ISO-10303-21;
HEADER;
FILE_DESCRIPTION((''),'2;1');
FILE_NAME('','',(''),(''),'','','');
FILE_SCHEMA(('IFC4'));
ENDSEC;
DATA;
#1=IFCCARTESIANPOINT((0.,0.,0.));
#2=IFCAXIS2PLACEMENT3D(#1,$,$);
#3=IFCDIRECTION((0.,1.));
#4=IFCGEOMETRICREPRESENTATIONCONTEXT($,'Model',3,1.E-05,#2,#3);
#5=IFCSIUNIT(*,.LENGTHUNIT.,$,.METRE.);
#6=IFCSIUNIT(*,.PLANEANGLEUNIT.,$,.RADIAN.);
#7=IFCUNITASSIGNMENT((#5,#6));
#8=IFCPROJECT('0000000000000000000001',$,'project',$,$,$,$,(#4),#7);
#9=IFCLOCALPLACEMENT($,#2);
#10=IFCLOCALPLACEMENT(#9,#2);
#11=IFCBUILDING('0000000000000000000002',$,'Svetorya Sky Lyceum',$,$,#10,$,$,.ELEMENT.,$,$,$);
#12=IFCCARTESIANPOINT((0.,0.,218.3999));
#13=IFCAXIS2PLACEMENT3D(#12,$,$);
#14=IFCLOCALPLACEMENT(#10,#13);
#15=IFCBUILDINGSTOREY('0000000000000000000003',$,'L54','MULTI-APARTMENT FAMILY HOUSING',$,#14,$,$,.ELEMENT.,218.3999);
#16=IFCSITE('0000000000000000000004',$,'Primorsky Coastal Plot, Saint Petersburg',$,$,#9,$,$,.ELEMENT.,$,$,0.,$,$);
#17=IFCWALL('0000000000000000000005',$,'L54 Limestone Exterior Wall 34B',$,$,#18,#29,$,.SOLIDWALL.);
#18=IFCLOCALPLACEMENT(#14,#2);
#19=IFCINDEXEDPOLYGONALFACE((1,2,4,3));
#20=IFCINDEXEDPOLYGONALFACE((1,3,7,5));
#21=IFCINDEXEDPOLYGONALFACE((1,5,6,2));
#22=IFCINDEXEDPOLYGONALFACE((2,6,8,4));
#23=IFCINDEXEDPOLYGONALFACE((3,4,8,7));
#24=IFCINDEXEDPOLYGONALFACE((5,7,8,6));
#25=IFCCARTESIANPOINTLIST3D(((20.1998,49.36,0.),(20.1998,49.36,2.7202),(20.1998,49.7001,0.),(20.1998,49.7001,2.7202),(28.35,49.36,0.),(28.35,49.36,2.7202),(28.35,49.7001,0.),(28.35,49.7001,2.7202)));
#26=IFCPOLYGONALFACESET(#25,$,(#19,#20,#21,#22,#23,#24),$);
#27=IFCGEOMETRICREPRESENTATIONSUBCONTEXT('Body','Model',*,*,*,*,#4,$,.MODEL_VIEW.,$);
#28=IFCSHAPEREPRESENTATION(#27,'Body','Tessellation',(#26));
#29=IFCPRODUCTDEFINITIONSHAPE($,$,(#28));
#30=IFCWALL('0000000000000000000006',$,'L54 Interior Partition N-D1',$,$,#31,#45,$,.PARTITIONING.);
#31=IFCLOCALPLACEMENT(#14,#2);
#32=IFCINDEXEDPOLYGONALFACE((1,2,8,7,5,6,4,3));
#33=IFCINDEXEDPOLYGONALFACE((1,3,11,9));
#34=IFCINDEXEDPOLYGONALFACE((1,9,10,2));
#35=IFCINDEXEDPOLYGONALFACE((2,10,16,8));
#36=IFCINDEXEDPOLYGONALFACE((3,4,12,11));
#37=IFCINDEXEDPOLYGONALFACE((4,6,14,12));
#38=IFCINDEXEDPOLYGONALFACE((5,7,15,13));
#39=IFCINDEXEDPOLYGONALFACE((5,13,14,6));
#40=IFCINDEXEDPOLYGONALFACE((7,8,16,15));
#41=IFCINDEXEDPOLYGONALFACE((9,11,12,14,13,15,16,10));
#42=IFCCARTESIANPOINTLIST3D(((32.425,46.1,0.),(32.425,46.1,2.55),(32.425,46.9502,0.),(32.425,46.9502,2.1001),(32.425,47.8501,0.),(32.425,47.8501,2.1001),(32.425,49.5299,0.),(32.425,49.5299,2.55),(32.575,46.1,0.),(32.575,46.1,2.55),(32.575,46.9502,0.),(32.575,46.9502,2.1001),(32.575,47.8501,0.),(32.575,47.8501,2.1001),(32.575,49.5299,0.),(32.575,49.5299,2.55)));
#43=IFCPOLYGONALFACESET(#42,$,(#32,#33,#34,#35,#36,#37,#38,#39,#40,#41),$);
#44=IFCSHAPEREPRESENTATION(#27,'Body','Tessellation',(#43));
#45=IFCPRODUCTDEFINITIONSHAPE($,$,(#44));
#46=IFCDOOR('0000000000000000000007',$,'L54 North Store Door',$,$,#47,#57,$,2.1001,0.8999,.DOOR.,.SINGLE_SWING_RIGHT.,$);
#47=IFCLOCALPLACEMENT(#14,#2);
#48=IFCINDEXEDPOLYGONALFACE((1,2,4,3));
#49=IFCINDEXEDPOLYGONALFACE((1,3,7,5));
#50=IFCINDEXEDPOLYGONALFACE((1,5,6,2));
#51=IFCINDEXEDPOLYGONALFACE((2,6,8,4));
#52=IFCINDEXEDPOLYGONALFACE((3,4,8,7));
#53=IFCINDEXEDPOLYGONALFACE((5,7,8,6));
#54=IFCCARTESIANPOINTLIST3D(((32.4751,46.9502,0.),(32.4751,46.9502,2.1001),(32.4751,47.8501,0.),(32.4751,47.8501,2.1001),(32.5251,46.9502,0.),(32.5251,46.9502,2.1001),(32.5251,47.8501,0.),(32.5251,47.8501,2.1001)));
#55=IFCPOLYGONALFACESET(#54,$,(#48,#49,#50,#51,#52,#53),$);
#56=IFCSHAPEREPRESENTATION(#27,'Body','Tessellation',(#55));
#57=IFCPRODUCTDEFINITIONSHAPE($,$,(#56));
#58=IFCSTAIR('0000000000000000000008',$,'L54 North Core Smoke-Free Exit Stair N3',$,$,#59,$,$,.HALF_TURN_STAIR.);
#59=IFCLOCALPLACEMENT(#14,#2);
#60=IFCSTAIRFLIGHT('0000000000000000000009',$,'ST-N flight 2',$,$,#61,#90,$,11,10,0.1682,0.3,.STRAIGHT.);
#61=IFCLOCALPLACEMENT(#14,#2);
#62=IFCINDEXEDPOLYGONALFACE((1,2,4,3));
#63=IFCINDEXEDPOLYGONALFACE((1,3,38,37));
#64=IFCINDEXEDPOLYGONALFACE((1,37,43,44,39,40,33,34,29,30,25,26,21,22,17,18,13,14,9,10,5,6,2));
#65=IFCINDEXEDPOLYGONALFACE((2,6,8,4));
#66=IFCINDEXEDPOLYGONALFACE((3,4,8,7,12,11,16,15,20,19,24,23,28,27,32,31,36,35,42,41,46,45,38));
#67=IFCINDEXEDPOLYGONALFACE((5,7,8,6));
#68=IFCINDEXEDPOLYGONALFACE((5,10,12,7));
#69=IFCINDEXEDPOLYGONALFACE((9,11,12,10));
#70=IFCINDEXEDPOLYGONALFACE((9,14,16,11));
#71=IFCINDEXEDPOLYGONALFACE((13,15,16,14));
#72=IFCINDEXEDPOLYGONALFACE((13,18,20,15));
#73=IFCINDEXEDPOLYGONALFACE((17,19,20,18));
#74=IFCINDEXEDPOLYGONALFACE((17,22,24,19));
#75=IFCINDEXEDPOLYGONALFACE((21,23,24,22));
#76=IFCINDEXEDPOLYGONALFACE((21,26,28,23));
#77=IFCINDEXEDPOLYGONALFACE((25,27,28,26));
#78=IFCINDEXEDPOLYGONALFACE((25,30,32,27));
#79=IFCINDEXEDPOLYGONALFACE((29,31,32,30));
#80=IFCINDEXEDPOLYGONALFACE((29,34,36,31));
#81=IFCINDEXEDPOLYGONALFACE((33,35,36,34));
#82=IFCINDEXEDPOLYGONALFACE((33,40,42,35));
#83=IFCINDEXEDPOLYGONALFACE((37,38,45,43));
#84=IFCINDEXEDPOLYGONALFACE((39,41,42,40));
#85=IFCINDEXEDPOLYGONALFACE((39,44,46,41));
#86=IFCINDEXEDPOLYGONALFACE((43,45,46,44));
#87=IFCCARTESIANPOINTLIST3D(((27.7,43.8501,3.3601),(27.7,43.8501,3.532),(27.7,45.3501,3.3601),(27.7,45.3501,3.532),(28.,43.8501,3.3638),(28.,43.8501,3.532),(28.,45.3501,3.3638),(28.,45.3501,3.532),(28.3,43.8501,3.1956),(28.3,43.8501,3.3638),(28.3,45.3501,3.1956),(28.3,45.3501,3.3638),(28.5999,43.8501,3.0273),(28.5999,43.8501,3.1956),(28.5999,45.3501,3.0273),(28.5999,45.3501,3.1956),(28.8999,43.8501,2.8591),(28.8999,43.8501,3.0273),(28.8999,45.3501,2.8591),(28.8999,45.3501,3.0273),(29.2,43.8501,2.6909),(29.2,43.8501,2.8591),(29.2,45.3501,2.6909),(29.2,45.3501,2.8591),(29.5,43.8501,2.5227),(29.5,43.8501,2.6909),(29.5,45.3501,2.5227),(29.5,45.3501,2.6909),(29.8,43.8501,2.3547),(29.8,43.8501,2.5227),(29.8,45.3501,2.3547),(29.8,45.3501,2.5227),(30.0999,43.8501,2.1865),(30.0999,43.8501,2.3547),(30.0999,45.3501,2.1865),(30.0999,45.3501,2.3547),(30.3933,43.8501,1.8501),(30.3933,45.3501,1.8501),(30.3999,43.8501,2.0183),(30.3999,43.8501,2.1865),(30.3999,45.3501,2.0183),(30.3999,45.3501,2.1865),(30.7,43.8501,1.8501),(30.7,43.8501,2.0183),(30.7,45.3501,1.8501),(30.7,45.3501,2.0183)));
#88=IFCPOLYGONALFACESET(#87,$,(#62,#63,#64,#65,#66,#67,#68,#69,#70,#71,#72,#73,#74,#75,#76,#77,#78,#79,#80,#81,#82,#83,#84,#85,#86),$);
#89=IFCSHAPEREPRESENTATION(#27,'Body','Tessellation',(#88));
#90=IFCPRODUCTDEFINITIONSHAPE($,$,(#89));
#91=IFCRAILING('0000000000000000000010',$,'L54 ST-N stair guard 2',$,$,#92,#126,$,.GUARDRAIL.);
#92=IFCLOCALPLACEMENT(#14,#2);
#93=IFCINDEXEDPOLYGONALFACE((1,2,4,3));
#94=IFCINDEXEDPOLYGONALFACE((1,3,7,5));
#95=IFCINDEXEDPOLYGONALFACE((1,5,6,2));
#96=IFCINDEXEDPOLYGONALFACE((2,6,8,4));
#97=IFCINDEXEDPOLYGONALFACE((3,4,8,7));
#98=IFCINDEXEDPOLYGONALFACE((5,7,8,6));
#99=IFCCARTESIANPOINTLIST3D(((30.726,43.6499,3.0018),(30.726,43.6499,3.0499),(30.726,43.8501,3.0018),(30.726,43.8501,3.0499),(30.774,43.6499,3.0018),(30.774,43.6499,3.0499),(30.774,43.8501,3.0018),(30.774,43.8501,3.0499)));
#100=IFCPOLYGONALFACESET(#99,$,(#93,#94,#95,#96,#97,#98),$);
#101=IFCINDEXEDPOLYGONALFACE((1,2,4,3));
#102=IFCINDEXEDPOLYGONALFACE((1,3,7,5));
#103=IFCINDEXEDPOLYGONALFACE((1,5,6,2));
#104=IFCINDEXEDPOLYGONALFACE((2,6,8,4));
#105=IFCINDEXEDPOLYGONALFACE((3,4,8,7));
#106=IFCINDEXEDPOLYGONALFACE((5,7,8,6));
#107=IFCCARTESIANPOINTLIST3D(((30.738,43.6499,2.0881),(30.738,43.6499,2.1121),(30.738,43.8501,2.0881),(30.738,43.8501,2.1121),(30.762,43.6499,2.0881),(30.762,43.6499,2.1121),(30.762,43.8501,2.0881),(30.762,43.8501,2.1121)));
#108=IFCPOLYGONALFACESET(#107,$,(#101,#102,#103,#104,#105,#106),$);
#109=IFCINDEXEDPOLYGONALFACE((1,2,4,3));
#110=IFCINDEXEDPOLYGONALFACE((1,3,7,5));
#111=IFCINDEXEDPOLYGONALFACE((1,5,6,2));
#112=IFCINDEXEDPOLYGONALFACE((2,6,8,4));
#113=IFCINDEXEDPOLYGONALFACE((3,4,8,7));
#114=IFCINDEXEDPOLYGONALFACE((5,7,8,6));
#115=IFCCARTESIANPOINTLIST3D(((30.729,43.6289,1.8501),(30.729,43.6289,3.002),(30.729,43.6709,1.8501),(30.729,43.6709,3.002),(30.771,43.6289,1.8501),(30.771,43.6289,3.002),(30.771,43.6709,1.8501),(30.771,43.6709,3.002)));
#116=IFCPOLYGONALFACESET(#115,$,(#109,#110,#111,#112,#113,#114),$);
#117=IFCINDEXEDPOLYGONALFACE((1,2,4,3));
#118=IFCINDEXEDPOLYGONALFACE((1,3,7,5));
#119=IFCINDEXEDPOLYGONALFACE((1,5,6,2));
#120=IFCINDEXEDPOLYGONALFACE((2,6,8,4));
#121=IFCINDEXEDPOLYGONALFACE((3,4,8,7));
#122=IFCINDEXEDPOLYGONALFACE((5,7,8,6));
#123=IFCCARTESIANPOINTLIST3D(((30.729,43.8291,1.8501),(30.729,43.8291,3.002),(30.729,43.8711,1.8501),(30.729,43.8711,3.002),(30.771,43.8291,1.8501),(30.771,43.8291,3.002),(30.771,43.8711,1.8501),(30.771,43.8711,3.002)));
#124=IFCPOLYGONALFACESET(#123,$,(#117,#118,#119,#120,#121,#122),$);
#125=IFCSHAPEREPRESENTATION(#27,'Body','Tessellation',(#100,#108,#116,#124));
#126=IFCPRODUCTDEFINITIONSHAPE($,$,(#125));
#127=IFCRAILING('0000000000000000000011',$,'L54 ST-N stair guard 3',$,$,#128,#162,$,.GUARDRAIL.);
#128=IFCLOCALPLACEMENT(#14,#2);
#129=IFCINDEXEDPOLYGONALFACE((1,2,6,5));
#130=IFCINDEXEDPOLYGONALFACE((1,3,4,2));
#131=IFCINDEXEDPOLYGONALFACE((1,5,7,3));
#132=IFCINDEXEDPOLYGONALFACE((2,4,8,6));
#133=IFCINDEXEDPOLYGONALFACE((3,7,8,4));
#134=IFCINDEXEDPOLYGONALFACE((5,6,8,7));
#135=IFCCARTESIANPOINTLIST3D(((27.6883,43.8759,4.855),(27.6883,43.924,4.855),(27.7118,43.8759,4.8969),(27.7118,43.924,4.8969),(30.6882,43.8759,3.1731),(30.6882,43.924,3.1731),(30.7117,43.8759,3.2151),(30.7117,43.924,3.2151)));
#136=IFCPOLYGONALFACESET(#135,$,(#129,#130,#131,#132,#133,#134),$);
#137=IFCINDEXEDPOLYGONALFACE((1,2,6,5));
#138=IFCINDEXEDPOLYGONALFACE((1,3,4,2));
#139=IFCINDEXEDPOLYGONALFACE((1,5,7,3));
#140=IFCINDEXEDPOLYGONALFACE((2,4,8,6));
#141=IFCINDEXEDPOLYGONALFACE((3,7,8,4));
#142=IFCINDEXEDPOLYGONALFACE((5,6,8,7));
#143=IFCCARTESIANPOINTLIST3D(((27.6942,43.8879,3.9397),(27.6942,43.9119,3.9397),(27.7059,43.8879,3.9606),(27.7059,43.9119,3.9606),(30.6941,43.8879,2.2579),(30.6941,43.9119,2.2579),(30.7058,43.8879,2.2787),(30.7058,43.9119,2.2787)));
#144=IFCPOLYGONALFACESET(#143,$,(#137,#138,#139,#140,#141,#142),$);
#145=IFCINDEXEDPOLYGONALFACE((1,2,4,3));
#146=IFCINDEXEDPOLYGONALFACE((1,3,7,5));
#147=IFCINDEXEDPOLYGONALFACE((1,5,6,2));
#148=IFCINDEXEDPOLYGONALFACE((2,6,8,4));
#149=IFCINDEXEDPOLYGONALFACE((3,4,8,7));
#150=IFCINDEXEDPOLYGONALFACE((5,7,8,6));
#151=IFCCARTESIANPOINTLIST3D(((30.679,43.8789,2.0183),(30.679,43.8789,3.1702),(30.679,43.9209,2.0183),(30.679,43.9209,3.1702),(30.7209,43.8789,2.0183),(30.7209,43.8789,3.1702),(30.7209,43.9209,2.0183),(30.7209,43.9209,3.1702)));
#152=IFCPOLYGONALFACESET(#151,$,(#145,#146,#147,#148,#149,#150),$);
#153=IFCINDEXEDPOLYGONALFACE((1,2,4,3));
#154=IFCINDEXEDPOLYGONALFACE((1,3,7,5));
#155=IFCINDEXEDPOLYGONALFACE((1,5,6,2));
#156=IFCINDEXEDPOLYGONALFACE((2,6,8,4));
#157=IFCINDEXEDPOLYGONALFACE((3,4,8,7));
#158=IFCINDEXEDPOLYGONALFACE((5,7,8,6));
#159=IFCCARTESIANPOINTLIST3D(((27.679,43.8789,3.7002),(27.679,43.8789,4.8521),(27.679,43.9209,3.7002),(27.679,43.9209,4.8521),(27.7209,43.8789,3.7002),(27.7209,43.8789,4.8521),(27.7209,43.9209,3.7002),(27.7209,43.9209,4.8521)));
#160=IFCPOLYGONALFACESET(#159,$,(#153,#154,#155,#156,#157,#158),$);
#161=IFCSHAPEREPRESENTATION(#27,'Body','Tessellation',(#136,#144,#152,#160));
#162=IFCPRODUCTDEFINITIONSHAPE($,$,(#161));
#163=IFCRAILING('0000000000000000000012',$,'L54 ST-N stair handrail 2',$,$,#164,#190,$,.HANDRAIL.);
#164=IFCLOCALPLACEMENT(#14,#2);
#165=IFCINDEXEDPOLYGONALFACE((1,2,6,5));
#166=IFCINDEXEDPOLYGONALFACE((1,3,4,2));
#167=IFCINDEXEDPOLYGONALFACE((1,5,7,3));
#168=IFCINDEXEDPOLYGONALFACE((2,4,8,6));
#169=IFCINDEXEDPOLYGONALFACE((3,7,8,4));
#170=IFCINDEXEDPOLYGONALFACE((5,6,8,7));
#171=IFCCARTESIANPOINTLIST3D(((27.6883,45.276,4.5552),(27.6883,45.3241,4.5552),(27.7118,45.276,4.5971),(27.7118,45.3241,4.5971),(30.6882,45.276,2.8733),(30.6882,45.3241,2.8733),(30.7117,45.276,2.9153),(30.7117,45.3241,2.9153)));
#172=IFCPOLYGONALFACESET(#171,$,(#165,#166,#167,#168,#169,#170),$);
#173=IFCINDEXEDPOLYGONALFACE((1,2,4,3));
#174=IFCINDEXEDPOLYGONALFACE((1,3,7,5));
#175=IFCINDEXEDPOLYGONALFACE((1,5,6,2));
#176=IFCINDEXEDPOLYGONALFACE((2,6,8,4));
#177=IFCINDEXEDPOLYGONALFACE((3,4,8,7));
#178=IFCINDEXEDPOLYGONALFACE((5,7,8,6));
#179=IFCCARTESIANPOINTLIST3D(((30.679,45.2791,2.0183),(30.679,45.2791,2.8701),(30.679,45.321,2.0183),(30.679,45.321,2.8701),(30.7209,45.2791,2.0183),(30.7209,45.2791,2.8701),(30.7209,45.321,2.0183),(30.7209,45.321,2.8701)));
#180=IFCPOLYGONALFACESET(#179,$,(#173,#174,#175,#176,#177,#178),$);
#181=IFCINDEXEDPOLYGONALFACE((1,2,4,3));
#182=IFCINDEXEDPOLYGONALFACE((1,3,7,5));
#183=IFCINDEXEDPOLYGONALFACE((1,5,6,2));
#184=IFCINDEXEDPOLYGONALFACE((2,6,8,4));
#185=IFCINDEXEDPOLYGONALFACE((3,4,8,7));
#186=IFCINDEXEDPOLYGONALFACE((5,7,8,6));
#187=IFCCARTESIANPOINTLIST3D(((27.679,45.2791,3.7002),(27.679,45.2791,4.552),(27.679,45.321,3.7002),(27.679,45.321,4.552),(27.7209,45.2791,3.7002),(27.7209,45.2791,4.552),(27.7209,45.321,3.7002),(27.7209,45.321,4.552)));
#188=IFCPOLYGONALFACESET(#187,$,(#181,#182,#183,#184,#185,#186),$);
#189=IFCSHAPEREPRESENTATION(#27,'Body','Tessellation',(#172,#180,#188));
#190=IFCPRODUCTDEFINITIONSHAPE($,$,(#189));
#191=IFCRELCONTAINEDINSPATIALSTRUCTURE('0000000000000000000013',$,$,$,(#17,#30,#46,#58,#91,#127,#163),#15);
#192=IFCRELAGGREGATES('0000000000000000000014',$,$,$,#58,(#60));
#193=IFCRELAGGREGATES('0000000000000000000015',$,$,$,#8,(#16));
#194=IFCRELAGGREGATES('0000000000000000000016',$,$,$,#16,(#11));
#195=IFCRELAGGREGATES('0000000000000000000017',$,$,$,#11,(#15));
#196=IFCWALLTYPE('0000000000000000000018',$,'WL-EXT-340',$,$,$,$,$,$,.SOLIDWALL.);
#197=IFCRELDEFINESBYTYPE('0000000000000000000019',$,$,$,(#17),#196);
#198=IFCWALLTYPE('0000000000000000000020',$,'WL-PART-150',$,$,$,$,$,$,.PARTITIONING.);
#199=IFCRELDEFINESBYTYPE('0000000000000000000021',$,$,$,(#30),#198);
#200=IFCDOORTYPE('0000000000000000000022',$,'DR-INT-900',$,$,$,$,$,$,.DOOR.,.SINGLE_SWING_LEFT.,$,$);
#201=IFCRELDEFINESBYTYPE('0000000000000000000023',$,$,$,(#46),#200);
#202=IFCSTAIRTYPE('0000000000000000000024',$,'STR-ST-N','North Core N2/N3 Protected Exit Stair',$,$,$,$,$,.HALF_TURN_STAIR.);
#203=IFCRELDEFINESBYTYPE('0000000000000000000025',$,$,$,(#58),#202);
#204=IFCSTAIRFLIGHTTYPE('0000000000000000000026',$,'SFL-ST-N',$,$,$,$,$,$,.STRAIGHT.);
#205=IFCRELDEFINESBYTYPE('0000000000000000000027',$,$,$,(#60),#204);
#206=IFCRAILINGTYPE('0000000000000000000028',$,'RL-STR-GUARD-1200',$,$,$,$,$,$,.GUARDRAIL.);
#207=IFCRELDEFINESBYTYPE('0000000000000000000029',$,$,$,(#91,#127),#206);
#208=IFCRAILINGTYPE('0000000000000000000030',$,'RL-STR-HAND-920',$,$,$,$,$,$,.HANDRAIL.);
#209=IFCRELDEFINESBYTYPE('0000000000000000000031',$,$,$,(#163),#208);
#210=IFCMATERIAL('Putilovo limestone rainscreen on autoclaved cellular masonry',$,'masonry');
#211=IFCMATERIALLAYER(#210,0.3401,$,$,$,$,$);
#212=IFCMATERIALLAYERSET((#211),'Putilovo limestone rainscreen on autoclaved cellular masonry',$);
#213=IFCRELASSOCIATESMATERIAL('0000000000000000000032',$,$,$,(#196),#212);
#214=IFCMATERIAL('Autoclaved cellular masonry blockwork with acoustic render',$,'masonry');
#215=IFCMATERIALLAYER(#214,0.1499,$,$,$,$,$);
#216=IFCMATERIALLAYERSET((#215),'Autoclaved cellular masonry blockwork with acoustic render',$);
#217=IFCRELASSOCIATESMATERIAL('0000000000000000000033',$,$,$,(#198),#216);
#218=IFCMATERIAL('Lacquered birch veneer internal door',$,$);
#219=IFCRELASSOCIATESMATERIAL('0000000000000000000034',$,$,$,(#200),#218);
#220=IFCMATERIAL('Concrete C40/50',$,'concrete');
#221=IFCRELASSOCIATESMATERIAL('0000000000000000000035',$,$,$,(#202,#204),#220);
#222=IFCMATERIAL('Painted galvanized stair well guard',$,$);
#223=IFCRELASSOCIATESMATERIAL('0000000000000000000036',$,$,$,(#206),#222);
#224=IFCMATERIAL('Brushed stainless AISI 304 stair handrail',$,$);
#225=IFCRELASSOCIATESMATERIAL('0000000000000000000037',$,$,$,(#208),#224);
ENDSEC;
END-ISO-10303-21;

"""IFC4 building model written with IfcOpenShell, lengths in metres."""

from ifc_helpers import new_model, si_unit, direction, frame, frame_2d, origin, origin_2d, place, context, subcontext, project, spatial, polyline, rectangle, outline, extrude, material, layer, layer_set, type_object, element, fill, aggregate, save


model = new_model("IFC4")

# Units and contexts
model_context = context("Model", 3, precision=1e-05, world=origin(), true_north=direction((0.0, 1.0)))
body_context = subcontext(model_context, "Body", "Model", "MODEL_VIEW")
ifc_project = project(units=[si_unit("LENGTHUNIT", "METRE"), si_unit("PLANEANGLEUNIT", "RADIAN")], contexts=[model_context])

# Site, building, storey
site_placement = place(None, origin())
site = spatial("IfcSite", under=ifc_project, at=site_placement, Name="Primorsky Coastal Plot, Saint Petersburg", CompositionType="ELEMENT", RefElevation=0.0)
building_placement = place(site_placement, origin())
building = spatial("IfcBuilding", under=site, at=building_placement, Name="Svetorya Sky Lyceum", CompositionType="ELEMENT")
storey_placement = place(building_placement, frame((0.0, 0.0, 218.3999)))
storey = spatial("IfcBuildingStorey", under=building, at=storey_placement, Name="L54", Description="MULTI-APARTMENT FAMILY HOUSING", CompositionType="ELEMENT", Elevation=218.3999)

# Wall
ifc_material_1 = material(Name="Putilovo limestone rainscreen on autoclaved cellular masonry", Category="masonry")
ifc_layer_1 = layer(ifc_material_1, 0.3401)
ifc_layer_set_1 = layer_set([ifc_layer_1], Name="Putilovo limestone rainscreen on autoclaved cellular masonry")
wall_type_1 = type_object("IfcWallType", Name="WL-EXT-340", PredefinedType="SOLIDWALL", material=ifc_layer_set_1)
wall_1_placement = place(storey_placement, frame((28.3501, 49.53, 0.0), z_axis=(0.0, 0.0, 1.0), x_axis=(-1.0, 0.0, 0.0)))
element("IfcWall", 1, at=wall_1_placement, inside=storey, type_object=wall_type_1, Name="L54 Limestone Exterior Wall 34B", PredefinedType="SOLIDWALL", context=body_context, shape_type="SweptSolid", body=[
    extrude(rectangle(XDim=8.1501, YDim=0.3401, at=frame_2d((4.0752, 0.0))), origin(), (0.0, 0.0, 1.0), 2.7202),
])

# Wall, opening, door
ifc_material_2 = material(Name="Autoclaved cellular masonry blockwork with acoustic render", Category="masonry")
ifc_layer_2 = layer(ifc_material_2, 0.1499)
ifc_layer_set_2 = layer_set([ifc_layer_2], Name="Autoclaved cellular masonry blockwork with acoustic render")
wall_type_2 = type_object("IfcWallType", Name="WL-PART-150", PredefinedType="PARTITIONING", material=ifc_layer_set_2)
wall_2_placement = place(storey_placement, frame((32.5, 46.1001, 0.0), z_axis=(0.0, 0.0, 1.0), x_axis=(0.0, 1.0, 0.0)))
wall_2 = element("IfcWall", 2, at=wall_2_placement, inside=storey, type_object=wall_type_2, Name="L54 Interior Partition N-D1", PredefinedType="PARTITIONING", context=body_context, shape_type="SweptSolid", body=[
    extrude(rectangle(XDim=3.4299, YDim=0.1499, at=frame_2d((1.7148, 0.0))), origin(), (0.0, 0.0, 1.0), 2.55),
])
opening_placement = place(wall_2_placement, frame((0.8501, 0.0, 0.0)))
opening = element("IfcOpeningElement", 3, at=opening_placement, cuts=wall_2, PredefinedType="OPENING", context=body_context, shape_type="SweptSolid", body=[
    extrude(rectangle(XDim=0.8999, YDim=2.1001, at=frame_2d((0.45, 1.05))), frame((0.0, 0.085, 0.0), z_axis=(0.0, -1.0, 0.0), x_axis=(1.0, 0.0, 0.0)), (0.0, 0.0, 1.0), 0.1699),
])
ifc_material_3 = material(Name="Lacquered birch veneer internal door")
door_type = type_object("IfcDoorType", Name="DR-INT-900", OperationType="SINGLE_SWING_LEFT", PredefinedType="DOOR", material=ifc_material_3)
door_placement = place(opening_placement, origin())
door = element("IfcDoor", 4, at=door_placement, inside=storey, type_object=door_type, Name="L54 North Store Door", OperationType="SINGLE_SWING_RIGHT", OverallHeight=2.1001, OverallWidth=0.8999, PredefinedType="DOOR", context=body_context, shape_type="SweptSolid", body=[
    extrude(rectangle(XDim=0.8999, YDim=2.1001, at=frame_2d((0.45, 1.05))), frame((0.0, 0.0249, 0.0), z_axis=(0.0, -1.0, 0.0), x_axis=(1.0, 0.0, 0.0)), (0.0, 0.0, 1.0), 0.05),
])
fill(opening, door)

# Stair, stair flight
ifc_material_4 = material(Name="Concrete C40/50", Category="concrete")
stair_type = type_object("IfcStairType", Name="STR-ST-N", Description="North Core N2/N3 Protected Exit Stair", PredefinedType="HALF_TURN_STAIR", material=ifc_material_4)
stair_placement = place(storey_placement, origin())
stair = element("IfcStair", 5, at=stair_placement, inside=storey, type_object=stair_type, Name="L54 North Core Smoke-Free Exit Stair N3", PredefinedType="HALF_TURN_STAIR")
stair_flight_type = type_object("IfcStairFlightType", Name="SFL-ST-N", PredefinedType="STRAIGHT", material=ifc_material_4)
stair_flight_placement = place(storey_placement, frame((30.7, 44.6001, 1.8501), z_axis=(0.0, 0.0, 1.0), x_axis=(-1.0, 0.0, 0.0)))
stair_flight = element("IfcStairFlight", 6, at=stair_flight_placement, type_object=stair_flight_type, Name="ST-N flight 2", NumberOfRisers=11, NumberOfTreads=10, PredefinedType="STRAIGHT", RiserHeight=0.1682, TreadLength=0.3, context=body_context, shape_type="SweptSolid", body=[
    extrude(outline(polyline([(0.0, 0.0), (0.0, 0.1682), (0.3, 0.1682), (0.3, 0.3364), (0.6001, 0.3364), (0.6001, 0.5046), (0.8999, 0.5046), (0.8999, 0.6726), (1.2, 0.6726), (1.2, 0.8408), (1.5, 0.8408), (1.5, 1.009), (1.8, 1.009), (1.8, 1.1772), (2.1001, 1.1772), (2.1001, 1.3455), (2.3999, 1.3455), (2.3999, 1.5137), (2.7, 1.5137), (2.7, 1.6819), (3.0, 1.6819), (3.0, 1.8501), (3.0, 1.51), (0.3066, 0.0), (0.0, 0.0)])), frame((0.0, 0.75, 0.0), z_axis=(0.0, -1.0, 0.0), x_axis=(1.0, 0.0, 0.0)), (0.0, 0.0, 1.0), 1.5),
])
aggregate(stair, [stair_flight])

# Railings
ifc_material_5 = material(Name="Painted galvanized stair well guard")
railing_type_1 = type_object("IfcRailingType", Name="RL-STR-GUARD-1200", PredefinedType="GUARDRAIL", material=ifc_material_5)
railing_1_placement = place(storey_placement, frame((30.75, 43.6499, 1.8501)))
element("IfcRailing", 7, at=railing_1_placement, inside=storey, type_object=railing_type_1, Name="L54 ST-N stair guard 2", PredefinedType="GUARDRAIL", context=body_context, shape_type="SweptSolid", body=[
    extrude(rectangle(XDim=0.0481, YDim=0.0481, at=origin_2d()), frame((0.0, 0.0, 1.1758), z_axis=(0.0, 1.0, 0.0), x_axis=(-1.0, 0.0, 0.0)), (0.0, 0.0, 1.0), 0.2002),
    extrude(rectangle(XDim=0.0239, YDim=0.0239, at=origin_2d()), frame((0.0, 0.0, 0.25), z_axis=(0.0, 1.0, 0.0), x_axis=(-1.0, 0.0, 0.0)), (0.0, 0.0, 1.0), 0.2002),
    extrude(rectangle(XDim=0.042, YDim=0.042, at=origin_2d()), origin(), (0.0, 0.0, 1.0), 1.1519),
    extrude(rectangle(XDim=0.042, YDim=0.042, at=origin_2d()), frame((0.0, 0.2002, 0.0)), (0.0, 0.0, 1.0), 1.1519),
])
railing_2_placement = place(storey_placement, frame((30.7, 43.8999, 2.0183)))
element("IfcRailing", 8, at=railing_2_placement, inside=storey, type_object=railing_type_1, Name="L54 ST-N stair guard 3", PredefinedType="GUARDRAIL", context=body_context, shape_type="SweptSolid", body=[
    extrude(rectangle(XDim=0.0481, YDim=0.0481, at=origin_2d()), frame((0.0, 0.0, 1.1758), z_axis=(-0.872272, 0.0, 0.48902), x_axis=(0.0, -1.0, 0.0)), (0.0, 0.0, 1.0), 3.4392),
    extrude(rectangle(XDim=0.0239, YDim=0.0239, at=origin_2d()), frame((0.0, 0.0, 0.25), z_axis=(-0.872272, 0.0, 0.48902), x_axis=(0.0, -1.0, 0.0)), (0.0, 0.0, 1.0), 3.4392),
    extrude(rectangle(XDim=0.042, YDim=0.042, at=origin_2d()), origin(), (0.0, 0.0, 1.0), 1.1519),
    extrude(rectangle(XDim=0.042, YDim=0.042, at=origin_2d()), frame((-3.0, 0.0, 1.6819)), (0.0, 0.0, 1.0), 1.1519),
])
ifc_material_6 = material(Name="Brushed stainless AISI 304 stair handrail")
railing_type_2 = type_object("IfcRailingType", Name="RL-STR-HAND-920", PredefinedType="HANDRAIL", material=ifc_material_6)
railing_3_placement = place(storey_placement, frame((30.7, 45.3, 2.0183)))
element("IfcRailing", 9, at=railing_3_placement, inside=storey, type_object=railing_type_2, Name="L54 ST-N stair handrail 2", PredefinedType="HANDRAIL", context=body_context, shape_type="SweptSolid", body=[
    extrude(rectangle(XDim=0.0481, YDim=0.0481, at=origin_2d()), frame((0.0, 0.0, 0.876), z_axis=(-0.872272, 0.0, 0.48902), x_axis=(0.0, -1.0, 0.0)), (0.0, 0.0, 1.0), 3.4392),
    extrude(rectangle(XDim=0.042, YDim=0.042, at=origin_2d()), origin(), (0.0, 0.0, 1.0), 0.8518),
    extrude(rectangle(XDim=0.042, YDim=0.042, at=origin_2d()), frame((-3.0, 0.0, 1.6819)), (0.0, 0.0, 1.0), 0.8518),
])

save(model, "model.ifc")
